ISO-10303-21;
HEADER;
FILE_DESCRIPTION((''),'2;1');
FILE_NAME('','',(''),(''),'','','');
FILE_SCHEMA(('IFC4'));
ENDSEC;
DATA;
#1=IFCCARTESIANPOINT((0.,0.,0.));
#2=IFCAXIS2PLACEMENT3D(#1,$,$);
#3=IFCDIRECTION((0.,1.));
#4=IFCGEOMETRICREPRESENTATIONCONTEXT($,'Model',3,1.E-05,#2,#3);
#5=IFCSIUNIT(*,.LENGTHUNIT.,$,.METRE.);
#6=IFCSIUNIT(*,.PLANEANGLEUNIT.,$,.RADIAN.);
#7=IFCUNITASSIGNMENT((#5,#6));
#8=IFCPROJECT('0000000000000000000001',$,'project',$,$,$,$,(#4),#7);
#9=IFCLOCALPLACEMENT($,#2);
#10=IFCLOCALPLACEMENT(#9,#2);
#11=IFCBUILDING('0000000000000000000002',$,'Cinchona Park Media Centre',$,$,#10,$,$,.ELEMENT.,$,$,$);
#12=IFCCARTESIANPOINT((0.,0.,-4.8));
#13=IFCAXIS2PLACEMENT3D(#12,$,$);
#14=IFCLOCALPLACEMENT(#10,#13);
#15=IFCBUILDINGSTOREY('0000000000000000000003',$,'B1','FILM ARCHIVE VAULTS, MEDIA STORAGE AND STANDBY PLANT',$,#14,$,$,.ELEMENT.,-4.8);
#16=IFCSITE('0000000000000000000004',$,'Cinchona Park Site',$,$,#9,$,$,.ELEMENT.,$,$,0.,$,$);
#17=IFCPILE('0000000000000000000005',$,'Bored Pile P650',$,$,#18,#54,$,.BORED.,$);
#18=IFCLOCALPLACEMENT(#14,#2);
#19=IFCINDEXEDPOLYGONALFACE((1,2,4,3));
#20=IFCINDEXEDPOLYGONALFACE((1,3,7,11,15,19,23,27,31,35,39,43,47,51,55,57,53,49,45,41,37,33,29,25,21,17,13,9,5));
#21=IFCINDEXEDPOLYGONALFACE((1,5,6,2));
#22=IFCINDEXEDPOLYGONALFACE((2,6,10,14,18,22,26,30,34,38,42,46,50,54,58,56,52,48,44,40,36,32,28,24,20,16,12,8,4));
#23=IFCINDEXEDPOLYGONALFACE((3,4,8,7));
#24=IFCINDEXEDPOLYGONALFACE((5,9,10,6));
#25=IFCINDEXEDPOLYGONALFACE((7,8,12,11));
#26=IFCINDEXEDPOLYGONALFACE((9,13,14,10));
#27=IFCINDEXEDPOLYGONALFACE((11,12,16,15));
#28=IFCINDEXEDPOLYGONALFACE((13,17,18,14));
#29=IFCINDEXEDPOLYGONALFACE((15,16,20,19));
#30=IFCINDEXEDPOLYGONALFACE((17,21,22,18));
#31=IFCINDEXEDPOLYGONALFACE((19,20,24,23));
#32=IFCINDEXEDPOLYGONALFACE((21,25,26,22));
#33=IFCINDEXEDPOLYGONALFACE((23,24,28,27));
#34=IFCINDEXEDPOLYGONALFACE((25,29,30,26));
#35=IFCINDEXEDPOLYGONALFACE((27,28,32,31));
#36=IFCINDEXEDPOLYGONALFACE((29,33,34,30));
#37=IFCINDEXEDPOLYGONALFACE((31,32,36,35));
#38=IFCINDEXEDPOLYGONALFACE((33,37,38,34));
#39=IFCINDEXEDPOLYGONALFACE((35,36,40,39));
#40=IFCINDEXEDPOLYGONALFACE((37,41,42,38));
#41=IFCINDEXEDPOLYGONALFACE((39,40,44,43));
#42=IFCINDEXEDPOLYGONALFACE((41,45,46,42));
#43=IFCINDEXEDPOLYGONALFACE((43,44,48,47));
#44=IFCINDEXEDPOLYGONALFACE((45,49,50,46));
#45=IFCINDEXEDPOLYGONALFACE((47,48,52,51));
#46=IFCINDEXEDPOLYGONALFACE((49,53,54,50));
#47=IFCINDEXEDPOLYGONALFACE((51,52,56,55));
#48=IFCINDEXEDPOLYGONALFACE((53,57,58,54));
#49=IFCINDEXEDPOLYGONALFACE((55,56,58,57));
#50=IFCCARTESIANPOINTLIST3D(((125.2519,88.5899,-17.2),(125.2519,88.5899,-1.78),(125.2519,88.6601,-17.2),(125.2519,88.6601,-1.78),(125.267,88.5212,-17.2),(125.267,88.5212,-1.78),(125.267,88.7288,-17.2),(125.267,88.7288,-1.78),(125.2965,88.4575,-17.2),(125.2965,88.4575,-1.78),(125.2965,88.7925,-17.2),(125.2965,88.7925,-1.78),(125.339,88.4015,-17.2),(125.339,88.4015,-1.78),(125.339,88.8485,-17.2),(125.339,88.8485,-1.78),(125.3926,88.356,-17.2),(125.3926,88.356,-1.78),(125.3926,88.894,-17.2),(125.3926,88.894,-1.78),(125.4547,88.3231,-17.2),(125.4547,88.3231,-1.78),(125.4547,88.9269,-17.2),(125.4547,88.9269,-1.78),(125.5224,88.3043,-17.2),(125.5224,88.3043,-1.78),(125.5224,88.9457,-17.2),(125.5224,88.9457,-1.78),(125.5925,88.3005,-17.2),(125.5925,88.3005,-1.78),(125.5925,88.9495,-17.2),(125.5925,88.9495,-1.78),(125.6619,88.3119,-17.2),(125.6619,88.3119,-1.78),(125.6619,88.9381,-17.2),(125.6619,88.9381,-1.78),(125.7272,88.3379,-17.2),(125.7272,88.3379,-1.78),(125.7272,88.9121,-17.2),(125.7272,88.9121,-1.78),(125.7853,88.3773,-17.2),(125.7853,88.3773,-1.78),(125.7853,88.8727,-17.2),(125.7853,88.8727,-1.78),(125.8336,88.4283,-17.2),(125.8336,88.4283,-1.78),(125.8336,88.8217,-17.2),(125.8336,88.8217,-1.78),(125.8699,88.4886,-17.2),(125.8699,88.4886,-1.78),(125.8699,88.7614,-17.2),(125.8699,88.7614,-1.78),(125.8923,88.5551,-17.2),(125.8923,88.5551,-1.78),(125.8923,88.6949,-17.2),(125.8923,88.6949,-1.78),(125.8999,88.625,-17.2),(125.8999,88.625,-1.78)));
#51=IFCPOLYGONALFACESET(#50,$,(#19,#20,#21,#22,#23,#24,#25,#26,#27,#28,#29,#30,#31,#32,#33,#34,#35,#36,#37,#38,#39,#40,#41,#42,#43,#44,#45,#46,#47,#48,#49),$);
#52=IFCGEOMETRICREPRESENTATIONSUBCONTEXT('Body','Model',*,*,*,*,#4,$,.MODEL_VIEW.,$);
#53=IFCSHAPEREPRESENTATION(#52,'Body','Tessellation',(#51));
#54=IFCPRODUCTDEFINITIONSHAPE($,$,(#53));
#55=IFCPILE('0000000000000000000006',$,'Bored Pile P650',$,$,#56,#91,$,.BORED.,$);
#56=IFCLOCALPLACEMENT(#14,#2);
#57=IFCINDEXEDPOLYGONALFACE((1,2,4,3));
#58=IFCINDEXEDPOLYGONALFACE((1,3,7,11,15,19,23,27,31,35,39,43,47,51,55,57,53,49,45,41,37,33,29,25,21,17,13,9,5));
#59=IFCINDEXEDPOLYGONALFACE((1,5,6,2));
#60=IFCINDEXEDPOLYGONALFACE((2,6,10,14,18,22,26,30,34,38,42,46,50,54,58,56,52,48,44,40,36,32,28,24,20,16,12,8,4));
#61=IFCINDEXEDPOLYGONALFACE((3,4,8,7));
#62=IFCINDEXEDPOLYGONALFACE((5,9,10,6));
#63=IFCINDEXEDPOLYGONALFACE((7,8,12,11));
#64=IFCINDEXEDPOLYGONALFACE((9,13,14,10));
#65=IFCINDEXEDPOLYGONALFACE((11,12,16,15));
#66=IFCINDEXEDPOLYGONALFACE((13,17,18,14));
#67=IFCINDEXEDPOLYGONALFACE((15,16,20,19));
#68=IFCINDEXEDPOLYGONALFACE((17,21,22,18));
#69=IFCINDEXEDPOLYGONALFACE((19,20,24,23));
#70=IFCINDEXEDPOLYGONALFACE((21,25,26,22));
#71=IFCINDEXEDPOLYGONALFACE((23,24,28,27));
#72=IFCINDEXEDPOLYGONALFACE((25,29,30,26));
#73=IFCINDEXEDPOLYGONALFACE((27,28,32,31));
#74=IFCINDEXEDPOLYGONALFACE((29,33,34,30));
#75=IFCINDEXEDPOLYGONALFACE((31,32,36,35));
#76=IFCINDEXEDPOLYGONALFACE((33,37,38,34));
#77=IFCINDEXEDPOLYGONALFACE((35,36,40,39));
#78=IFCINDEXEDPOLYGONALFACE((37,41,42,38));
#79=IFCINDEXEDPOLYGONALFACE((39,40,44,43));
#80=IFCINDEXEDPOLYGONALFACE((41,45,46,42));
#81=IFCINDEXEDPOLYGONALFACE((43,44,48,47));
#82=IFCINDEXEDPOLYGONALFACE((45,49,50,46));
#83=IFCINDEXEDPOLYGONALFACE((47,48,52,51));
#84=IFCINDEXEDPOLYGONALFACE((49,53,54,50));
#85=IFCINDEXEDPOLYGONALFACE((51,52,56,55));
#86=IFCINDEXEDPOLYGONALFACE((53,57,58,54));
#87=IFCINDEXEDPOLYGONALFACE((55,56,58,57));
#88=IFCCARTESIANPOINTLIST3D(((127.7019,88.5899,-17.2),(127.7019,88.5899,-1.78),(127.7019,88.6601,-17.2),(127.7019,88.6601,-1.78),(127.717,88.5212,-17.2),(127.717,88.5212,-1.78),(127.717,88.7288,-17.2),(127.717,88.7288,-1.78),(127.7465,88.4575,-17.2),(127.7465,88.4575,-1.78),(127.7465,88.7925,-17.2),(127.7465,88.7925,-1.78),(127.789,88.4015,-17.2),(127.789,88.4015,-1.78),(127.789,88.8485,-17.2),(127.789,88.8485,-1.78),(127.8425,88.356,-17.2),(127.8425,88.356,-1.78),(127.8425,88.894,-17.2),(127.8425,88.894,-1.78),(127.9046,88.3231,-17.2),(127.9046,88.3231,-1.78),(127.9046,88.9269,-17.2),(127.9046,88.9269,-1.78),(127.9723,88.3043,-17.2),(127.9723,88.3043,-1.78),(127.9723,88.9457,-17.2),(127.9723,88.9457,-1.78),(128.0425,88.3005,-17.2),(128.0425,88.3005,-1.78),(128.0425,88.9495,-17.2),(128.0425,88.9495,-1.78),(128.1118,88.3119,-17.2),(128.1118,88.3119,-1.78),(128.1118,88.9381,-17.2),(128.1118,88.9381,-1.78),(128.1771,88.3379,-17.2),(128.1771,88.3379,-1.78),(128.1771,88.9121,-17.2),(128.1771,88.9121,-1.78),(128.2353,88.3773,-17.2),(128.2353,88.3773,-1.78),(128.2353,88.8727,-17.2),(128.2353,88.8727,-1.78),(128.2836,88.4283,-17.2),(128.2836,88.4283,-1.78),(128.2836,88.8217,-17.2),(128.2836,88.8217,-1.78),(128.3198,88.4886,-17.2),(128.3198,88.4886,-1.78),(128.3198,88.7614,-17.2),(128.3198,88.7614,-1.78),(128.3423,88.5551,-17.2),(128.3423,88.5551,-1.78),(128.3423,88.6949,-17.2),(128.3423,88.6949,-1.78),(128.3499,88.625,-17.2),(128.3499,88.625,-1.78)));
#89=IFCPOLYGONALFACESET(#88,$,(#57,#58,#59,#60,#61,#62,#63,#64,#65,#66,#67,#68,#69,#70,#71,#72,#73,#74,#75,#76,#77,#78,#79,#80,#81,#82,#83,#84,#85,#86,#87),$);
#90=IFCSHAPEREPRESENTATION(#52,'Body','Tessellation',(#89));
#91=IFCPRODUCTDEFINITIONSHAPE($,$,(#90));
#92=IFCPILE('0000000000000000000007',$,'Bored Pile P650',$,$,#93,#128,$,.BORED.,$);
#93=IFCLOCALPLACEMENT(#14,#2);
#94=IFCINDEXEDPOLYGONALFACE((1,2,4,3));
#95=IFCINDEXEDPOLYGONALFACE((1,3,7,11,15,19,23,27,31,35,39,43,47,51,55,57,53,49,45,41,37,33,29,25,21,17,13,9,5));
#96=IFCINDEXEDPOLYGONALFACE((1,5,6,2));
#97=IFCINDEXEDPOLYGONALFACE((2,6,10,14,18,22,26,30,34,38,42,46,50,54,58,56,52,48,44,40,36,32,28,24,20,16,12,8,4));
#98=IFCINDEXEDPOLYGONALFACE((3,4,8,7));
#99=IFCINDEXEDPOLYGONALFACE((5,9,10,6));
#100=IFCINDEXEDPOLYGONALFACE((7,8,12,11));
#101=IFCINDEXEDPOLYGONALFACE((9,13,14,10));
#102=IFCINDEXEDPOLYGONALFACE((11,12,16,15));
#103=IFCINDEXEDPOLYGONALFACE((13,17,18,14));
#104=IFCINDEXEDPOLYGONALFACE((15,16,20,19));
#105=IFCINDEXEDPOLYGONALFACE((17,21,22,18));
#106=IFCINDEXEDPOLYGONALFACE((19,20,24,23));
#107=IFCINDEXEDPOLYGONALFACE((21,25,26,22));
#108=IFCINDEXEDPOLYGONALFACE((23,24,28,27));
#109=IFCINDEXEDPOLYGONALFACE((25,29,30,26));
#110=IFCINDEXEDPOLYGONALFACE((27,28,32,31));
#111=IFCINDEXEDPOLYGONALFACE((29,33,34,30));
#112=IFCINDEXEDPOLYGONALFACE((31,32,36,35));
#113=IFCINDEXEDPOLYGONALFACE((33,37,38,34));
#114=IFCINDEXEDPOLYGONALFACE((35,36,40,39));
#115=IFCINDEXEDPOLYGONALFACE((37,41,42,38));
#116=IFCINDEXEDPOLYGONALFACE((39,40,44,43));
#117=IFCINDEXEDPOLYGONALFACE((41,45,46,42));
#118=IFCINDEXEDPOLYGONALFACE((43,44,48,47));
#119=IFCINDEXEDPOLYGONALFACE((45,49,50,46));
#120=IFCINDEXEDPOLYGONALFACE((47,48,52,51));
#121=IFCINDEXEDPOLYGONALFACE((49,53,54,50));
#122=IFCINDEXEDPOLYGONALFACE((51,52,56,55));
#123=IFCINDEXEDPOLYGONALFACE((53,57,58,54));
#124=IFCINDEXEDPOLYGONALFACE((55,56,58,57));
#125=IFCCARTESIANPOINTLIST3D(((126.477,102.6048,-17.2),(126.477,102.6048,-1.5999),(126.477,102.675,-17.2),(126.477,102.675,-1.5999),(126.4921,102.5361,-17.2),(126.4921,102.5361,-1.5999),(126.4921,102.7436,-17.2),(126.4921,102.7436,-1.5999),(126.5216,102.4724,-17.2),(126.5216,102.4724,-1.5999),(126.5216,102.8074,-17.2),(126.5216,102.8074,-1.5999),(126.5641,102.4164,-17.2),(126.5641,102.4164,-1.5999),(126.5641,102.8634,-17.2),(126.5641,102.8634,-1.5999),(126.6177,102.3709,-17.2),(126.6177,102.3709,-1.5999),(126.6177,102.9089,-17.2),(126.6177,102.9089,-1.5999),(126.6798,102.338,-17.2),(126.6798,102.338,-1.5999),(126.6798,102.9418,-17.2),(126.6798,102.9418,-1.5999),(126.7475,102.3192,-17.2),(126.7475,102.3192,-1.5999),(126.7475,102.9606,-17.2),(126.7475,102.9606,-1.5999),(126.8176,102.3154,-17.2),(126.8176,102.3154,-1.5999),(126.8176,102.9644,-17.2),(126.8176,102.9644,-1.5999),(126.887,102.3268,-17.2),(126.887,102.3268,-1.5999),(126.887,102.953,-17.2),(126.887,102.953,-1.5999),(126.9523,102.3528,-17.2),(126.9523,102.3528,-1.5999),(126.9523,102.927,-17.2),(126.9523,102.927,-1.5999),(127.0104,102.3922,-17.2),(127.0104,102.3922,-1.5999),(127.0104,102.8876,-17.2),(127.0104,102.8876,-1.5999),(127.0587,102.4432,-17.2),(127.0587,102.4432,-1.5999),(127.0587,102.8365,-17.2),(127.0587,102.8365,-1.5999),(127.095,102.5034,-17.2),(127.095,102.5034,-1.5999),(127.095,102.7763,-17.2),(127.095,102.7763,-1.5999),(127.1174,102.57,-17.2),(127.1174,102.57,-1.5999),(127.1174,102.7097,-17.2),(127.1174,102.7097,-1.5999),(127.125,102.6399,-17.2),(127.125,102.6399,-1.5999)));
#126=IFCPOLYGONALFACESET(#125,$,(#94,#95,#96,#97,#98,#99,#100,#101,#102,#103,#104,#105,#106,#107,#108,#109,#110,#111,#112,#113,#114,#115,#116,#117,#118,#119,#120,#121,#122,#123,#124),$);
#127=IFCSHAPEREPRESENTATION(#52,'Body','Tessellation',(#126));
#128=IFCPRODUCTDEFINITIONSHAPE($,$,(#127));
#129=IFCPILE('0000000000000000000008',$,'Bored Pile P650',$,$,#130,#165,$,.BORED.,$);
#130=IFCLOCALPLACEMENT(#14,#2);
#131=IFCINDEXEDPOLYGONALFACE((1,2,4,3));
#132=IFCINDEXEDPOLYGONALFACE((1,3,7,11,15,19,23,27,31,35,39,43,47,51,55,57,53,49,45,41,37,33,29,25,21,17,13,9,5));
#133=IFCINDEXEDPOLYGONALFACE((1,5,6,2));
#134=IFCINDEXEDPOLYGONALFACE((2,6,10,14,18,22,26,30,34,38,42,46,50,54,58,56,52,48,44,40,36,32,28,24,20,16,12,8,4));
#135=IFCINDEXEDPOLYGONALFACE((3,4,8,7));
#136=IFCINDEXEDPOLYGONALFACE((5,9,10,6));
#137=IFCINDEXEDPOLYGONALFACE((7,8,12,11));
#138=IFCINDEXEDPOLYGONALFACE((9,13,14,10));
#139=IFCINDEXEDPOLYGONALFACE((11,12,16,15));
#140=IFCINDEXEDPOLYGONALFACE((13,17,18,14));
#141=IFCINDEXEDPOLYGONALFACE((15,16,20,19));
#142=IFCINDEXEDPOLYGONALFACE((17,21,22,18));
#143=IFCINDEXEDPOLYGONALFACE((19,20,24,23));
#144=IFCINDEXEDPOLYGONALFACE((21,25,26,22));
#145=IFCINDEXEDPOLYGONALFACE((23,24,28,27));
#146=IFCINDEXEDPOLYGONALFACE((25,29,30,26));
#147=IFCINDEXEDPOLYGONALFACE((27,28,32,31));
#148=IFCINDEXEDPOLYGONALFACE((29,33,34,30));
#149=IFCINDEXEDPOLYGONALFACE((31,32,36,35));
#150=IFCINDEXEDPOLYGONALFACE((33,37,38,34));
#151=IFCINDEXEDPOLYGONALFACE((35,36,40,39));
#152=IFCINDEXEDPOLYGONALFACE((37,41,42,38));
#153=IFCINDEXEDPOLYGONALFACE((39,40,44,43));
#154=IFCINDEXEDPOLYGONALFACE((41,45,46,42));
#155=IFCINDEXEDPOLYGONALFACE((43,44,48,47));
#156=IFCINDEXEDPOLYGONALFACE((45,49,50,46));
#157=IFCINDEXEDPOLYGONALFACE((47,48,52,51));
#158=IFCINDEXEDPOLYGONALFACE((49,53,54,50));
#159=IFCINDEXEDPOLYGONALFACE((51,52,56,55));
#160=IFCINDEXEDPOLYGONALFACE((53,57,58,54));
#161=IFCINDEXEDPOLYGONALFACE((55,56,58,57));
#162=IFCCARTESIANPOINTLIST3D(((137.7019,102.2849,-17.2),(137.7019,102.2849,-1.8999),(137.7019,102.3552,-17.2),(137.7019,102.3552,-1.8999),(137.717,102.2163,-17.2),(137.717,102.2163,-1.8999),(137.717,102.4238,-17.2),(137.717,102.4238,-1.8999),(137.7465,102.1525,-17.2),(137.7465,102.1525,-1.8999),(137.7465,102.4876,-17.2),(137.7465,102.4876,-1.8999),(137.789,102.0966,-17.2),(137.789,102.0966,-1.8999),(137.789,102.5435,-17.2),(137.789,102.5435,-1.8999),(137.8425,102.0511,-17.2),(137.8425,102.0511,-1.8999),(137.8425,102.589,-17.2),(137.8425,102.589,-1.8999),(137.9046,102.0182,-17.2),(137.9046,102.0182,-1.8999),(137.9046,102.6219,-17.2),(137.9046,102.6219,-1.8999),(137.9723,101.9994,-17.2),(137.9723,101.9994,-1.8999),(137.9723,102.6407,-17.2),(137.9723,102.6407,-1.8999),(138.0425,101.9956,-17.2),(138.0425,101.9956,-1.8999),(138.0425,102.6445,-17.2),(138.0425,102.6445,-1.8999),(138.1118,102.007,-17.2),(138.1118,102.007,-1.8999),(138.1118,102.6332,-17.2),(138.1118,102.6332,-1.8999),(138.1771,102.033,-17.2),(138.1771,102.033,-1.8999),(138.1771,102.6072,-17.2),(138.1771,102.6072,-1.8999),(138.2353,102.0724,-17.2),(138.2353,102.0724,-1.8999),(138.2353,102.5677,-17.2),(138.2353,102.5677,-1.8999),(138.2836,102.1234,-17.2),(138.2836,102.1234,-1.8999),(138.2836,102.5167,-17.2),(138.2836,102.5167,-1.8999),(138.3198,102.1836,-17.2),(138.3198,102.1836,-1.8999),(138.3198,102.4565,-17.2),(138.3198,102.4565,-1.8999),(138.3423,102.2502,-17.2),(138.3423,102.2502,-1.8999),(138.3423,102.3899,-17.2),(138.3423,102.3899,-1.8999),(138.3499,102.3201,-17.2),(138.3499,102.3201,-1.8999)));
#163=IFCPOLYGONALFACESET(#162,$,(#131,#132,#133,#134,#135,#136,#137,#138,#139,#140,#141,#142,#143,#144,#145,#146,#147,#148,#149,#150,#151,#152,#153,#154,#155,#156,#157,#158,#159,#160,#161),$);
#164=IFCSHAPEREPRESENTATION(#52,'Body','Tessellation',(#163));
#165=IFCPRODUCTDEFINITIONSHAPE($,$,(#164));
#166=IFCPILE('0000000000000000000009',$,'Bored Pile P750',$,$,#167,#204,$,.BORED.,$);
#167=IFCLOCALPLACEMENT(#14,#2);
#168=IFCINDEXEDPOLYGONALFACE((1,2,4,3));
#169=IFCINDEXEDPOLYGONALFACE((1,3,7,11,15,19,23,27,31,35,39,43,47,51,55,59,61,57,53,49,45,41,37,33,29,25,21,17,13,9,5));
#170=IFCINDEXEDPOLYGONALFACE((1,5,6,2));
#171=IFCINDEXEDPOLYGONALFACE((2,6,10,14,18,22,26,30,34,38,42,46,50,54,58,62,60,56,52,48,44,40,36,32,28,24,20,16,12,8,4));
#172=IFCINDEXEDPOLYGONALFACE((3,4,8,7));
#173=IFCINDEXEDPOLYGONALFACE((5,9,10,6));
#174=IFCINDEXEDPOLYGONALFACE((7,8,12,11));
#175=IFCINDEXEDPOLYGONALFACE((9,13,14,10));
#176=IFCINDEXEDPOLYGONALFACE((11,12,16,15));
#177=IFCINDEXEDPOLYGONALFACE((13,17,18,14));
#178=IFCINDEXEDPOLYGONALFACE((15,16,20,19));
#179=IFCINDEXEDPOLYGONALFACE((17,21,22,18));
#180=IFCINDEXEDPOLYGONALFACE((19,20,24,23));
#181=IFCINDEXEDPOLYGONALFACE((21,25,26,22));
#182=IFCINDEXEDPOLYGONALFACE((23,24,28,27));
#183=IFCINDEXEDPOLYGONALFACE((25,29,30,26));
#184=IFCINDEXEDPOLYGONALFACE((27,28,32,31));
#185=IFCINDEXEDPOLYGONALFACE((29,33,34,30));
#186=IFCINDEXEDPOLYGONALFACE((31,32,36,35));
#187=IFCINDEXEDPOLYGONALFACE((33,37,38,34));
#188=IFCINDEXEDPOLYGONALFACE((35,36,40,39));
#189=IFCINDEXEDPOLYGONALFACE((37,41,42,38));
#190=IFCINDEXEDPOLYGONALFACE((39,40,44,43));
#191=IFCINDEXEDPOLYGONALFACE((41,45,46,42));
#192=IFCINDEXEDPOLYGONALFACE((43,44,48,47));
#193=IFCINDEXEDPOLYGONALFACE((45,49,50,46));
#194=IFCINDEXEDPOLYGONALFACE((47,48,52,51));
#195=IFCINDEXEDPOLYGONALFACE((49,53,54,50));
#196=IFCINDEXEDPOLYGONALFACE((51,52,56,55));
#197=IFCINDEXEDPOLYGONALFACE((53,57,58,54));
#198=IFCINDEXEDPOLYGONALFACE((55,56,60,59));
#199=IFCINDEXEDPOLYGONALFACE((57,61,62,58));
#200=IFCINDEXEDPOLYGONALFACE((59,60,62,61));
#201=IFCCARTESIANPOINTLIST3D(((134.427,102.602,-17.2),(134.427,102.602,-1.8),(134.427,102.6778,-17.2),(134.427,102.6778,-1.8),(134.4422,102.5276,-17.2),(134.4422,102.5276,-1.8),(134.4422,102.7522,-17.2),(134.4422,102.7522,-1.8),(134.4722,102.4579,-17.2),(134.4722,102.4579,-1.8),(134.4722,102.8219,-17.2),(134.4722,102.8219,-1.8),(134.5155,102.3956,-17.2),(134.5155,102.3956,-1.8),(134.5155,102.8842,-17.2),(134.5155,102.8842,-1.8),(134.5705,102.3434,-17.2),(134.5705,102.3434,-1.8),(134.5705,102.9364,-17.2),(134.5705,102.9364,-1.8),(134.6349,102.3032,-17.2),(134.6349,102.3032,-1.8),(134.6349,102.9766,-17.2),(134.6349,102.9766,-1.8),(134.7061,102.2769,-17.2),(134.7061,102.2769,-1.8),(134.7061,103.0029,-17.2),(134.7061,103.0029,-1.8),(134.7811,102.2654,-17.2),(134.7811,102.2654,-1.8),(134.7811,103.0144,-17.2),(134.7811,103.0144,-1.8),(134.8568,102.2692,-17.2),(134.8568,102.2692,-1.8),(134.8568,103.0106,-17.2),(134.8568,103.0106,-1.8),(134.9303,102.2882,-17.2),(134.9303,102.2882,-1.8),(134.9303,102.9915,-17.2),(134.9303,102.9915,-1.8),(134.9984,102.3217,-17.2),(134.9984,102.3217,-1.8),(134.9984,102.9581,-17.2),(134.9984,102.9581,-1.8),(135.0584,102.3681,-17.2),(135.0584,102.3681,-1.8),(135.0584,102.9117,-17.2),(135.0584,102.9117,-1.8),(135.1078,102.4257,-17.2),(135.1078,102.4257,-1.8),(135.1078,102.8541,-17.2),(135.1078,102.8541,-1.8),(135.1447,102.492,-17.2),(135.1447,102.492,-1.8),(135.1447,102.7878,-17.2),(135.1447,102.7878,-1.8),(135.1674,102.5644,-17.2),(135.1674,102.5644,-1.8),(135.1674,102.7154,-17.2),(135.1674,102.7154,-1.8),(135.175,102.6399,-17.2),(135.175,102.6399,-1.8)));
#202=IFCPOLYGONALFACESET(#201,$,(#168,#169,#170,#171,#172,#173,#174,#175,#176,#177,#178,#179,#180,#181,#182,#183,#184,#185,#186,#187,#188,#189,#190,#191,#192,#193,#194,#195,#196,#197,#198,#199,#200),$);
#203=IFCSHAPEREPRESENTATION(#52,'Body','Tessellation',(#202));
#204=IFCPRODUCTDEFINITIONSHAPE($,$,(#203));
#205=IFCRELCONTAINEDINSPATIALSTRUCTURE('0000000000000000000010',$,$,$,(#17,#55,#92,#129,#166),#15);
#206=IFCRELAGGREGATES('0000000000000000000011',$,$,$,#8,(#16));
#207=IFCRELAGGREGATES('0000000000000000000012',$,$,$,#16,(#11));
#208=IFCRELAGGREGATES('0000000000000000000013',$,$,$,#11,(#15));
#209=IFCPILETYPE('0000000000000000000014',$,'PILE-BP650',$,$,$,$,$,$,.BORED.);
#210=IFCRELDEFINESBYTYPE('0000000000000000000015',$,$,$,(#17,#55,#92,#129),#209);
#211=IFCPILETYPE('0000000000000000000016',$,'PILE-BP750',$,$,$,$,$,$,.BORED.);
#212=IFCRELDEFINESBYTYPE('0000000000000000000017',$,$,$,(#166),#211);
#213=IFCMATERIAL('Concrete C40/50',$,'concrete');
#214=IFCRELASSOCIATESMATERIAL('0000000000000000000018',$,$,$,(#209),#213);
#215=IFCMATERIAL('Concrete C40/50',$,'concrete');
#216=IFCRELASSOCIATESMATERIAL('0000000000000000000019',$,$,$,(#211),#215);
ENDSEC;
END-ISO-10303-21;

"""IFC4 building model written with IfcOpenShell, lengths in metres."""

from ifc_helpers import new_model, si_unit, direction, frame, origin, origin_2d, place, context, subcontext, project, spatial, circle, extrude, material, material_profile, profile_set, type_object, element, save


model = new_model("IFC4")

# Units and contexts
model_context = context("Model", 3, precision=1e-05, world=origin(), true_north=direction((0.0, 1.0)))
body_context = subcontext(model_context, "Body", "Model", "MODEL_VIEW")
ifc_project = project(units=[si_unit("LENGTHUNIT", "METRE"), si_unit("PLANEANGLEUNIT", "RADIAN")], contexts=[model_context])

# Site, building, storey
site_placement = place(None, origin())
site = spatial("IfcSite", under=ifc_project, at=site_placement, Name="Cinchona Park Site", CompositionType="ELEMENT", RefElevation=0.0)
building_placement = place(site_placement, origin())
building = spatial("IfcBuilding", under=site, at=building_placement, Name="Cinchona Park Media Centre", CompositionType="ELEMENT")
storey_placement = place(building_placement, frame((0.0, 0.0, -4.8)))
storey = spatial("IfcBuildingStorey", under=building, at=storey_placement, Name="B1", Description="FILM ARCHIVE VAULTS, MEDIA STORAGE AND STANDBY PLANT", CompositionType="ELEMENT", Elevation=-4.8)

# Piles
ifc_material_1 = material(Name="Concrete C40/50", Category="concrete")
ifc_material_profile_1 = material_profile(ifc_material_1, circle(Radius=0.325, at=origin_2d()), Name="BORED PILE 650")
ifc_profile_set_1 = profile_set([ifc_material_profile_1], Name="Concrete C40/50")
pile_type_1 = type_object("IfcPileType", Name="PILE-BP650", PredefinedType="BORED", material=ifc_profile_set_1)
for number, where, z_axis, x_axis, name in (
    (1, (125.575, 88.625, -1.78), (0.0, 0.0, -1.0), (1.0, 0.0, 0.0), "Bored Pile P650"),
    (2, (128.0249, 88.625, -1.78), (0.0, 0.0, -1.0), (1.0, 0.0, 0.0), "Bored Pile P650"),
):
    element("IfcPile", number, at=place(storey_placement, frame(where, z_axis=z_axis, x_axis=x_axis)), inside=storey, type_object=pile_type_1, Name=name, PredefinedType="BORED", context=body_context, shape_type="SweptSolid", body=[
        extrude(circle(Radius=0.325, at=origin_2d()), origin(), (0.0, 0.0, 1.0), 15.4199),
    ])
pile_1_placement = place(storey_placement, frame((126.8, 102.6399, -1.5999), z_axis=(0.0, 0.0, -1.0), x_axis=(1.0, 0.0, 0.0)))
element("IfcPile", 3, at=pile_1_placement, inside=storey, type_object=pile_type_1, Name="Bored Pile P650", PredefinedType="BORED", context=body_context, shape_type="SweptSolid", body=[
    extrude(circle(Radius=0.325, at=origin_2d()), origin(), (0.0, 0.0, 1.0), 15.6001),
])
pile_2_placement = place(storey_placement, frame((138.0249, 102.3201, -1.8999), z_axis=(0.0, 0.0, -1.0), x_axis=(1.0, 0.0, 0.0)))
element("IfcPile", 4, at=pile_2_placement, inside=storey, type_object=pile_type_1, Name="Bored Pile P650", PredefinedType="BORED", context=body_context, shape_type="SweptSolid", body=[
    extrude(circle(Radius=0.325, at=origin_2d()), origin(), (0.0, 0.0, 1.0), 15.3),
])
ifc_material_2 = material(Name="Concrete C40/50", Category="concrete")
ifc_material_profile_2 = material_profile(ifc_material_2, circle(Radius=0.375, at=origin_2d()), Name="BORED PILE 750")
ifc_profile_set_2 = profile_set([ifc_material_profile_2], Name="Concrete C40/50")
pile_type_2 = type_object("IfcPileType", Name="PILE-BP750", PredefinedType="BORED", material=ifc_profile_set_2)
for number, where, z_axis, x_axis, name in (
    (5, (134.8, 102.6399, -1.8), (0.0, 0.0, -1.0), (1.0, 0.0, 0.0), "Bored Pile P750"),
):
    element("IfcPile", number, at=place(storey_placement, frame(where, z_axis=z_axis, x_axis=x_axis)), inside=storey, type_object=pile_type_2, Name=name, PredefinedType="BORED", context=body_context, shape_type="SweptSolid", body=[
        extrude(circle(Radius=0.375, at=origin_2d()), origin(), (0.0, 0.0, 1.0), 15.3999),
    ])

save(model, "model.ifc")
